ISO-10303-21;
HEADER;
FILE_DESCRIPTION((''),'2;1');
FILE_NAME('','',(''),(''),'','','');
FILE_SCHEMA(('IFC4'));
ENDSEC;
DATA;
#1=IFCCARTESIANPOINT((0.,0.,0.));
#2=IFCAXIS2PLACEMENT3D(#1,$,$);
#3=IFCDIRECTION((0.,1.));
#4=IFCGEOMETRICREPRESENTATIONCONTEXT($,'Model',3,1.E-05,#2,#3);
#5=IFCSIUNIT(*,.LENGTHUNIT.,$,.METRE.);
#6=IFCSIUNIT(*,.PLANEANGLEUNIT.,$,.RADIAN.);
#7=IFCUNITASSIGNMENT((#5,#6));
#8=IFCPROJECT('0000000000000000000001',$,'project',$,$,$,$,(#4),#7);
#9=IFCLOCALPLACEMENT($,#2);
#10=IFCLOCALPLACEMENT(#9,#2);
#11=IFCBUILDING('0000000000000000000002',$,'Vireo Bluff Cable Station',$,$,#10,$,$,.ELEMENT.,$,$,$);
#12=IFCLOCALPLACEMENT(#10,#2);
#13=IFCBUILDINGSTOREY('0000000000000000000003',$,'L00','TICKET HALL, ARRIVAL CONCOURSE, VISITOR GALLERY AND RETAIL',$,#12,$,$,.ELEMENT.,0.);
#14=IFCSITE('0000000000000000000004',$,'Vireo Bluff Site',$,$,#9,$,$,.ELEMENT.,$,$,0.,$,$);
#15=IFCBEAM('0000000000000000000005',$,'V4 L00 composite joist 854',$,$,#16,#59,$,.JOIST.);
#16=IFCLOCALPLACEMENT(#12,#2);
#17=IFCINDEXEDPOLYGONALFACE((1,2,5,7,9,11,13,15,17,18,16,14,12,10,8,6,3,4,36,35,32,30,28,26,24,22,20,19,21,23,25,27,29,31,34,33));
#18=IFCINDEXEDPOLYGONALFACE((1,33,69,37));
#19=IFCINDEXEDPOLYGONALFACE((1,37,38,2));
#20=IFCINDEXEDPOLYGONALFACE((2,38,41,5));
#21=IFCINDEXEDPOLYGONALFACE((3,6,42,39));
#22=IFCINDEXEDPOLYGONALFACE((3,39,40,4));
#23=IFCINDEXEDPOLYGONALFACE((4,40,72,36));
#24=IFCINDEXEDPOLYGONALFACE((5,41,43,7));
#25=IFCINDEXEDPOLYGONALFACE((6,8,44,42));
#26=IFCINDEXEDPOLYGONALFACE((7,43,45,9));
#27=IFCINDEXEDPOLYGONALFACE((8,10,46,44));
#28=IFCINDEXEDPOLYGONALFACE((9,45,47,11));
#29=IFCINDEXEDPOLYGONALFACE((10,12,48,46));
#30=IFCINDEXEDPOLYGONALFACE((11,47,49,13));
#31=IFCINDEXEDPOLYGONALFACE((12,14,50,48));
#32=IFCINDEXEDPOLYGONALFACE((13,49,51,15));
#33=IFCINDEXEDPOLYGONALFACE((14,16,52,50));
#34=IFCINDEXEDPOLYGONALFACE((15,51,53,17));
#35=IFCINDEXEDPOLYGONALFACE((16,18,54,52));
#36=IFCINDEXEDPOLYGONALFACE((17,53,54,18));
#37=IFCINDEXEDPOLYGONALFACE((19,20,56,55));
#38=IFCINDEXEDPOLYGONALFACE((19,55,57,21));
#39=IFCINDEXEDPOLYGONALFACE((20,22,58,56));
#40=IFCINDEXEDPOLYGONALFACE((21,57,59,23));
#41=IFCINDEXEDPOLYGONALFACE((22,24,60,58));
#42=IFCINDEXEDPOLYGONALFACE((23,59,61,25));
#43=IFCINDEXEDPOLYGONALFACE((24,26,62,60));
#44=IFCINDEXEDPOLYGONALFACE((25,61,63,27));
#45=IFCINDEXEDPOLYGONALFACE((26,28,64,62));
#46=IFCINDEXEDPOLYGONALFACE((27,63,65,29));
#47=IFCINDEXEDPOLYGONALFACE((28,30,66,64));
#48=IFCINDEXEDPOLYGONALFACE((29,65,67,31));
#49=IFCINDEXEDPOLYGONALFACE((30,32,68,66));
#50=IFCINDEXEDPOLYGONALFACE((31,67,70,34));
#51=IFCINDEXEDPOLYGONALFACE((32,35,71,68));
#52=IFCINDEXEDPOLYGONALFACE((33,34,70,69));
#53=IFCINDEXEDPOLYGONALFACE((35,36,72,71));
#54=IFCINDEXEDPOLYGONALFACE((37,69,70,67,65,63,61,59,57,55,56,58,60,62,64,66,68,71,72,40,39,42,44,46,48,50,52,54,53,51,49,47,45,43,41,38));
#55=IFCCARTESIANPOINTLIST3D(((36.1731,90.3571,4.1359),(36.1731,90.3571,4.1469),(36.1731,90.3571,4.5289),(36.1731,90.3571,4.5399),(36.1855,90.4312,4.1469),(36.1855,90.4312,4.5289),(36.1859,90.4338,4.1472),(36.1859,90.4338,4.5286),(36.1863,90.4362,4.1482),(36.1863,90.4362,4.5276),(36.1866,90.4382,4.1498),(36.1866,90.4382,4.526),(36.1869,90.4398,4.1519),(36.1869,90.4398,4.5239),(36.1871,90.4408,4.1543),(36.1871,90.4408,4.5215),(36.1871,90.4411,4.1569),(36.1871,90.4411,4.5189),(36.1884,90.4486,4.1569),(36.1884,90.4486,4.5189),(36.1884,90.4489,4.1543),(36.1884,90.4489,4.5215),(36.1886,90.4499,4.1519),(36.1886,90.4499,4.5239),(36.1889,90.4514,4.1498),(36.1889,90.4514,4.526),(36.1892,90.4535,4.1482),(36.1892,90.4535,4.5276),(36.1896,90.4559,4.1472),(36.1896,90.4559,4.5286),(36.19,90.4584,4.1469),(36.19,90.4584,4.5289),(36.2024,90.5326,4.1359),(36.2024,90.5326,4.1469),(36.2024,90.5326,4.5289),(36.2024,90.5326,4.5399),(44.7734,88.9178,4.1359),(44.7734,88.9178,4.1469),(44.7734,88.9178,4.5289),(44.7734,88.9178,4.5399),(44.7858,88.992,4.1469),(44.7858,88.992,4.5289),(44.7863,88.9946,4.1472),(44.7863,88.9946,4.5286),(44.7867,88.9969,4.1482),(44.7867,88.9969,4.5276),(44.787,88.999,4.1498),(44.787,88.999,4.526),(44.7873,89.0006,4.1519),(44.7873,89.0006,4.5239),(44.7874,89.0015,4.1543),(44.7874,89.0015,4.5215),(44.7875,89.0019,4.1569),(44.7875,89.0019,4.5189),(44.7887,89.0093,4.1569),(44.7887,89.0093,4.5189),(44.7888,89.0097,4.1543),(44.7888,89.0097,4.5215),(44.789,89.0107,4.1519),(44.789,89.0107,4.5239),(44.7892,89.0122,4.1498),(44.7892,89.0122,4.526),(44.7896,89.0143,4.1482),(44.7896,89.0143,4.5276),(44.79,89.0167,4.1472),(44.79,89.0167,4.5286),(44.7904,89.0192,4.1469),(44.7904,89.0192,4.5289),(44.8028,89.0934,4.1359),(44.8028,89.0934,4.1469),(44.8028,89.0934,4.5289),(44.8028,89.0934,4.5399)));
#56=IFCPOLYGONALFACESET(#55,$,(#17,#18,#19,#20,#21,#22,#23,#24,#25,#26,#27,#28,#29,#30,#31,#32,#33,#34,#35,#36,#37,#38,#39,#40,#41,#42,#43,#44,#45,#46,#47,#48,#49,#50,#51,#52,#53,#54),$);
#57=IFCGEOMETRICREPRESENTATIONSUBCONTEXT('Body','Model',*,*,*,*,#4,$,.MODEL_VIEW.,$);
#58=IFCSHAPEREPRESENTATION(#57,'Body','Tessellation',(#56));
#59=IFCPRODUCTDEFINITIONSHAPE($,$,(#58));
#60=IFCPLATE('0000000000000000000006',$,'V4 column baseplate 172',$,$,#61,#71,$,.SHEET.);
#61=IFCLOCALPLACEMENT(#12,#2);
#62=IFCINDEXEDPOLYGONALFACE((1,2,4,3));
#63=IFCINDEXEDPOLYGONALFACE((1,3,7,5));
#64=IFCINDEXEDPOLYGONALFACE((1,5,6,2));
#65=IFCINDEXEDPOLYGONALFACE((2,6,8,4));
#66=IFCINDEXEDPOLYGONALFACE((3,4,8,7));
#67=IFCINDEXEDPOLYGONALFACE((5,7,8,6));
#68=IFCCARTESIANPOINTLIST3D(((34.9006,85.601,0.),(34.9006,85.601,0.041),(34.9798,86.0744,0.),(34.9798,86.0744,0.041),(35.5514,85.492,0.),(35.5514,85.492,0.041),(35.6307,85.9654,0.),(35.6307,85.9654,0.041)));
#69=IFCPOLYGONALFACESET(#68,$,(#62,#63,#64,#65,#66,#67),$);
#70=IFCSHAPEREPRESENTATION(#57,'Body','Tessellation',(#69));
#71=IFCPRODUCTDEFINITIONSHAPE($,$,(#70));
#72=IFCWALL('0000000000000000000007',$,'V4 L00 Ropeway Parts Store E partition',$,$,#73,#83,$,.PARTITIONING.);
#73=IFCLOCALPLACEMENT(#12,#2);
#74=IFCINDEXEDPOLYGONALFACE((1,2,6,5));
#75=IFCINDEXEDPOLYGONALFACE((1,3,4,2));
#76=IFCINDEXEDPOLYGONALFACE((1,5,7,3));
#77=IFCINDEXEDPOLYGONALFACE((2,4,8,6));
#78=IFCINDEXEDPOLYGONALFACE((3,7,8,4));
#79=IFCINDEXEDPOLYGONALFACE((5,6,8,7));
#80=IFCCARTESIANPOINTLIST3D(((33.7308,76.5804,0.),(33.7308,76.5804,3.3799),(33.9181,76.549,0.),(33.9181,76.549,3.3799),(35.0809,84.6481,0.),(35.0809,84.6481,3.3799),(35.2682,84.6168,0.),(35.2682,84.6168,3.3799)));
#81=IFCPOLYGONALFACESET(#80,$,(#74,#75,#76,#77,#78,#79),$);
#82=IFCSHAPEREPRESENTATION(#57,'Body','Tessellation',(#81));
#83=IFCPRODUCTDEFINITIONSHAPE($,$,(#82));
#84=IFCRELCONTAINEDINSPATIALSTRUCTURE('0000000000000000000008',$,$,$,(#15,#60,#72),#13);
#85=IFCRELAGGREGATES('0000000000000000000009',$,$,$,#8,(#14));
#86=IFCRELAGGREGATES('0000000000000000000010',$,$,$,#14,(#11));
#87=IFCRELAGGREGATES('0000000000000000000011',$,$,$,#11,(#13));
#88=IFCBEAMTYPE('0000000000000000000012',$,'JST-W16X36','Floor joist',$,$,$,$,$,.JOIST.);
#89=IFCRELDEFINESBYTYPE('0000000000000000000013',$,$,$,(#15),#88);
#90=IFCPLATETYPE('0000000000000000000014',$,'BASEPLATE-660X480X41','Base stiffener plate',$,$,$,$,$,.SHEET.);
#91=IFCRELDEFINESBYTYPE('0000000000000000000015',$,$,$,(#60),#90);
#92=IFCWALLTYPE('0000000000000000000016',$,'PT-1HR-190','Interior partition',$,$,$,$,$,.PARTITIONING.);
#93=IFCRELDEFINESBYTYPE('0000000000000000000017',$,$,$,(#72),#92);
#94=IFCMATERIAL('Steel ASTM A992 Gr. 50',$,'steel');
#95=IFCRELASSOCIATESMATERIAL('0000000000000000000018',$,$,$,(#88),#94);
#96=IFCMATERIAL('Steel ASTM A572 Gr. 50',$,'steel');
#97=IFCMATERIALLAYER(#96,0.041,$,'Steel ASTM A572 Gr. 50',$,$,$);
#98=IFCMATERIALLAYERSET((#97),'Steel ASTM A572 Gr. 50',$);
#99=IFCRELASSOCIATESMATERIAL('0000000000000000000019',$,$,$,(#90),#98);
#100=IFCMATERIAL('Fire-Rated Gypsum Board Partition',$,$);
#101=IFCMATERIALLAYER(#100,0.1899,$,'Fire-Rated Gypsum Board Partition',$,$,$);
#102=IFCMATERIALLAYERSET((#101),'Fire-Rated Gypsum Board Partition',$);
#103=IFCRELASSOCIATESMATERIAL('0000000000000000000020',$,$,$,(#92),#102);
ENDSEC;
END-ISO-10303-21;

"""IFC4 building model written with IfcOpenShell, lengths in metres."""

from ifc_helpers import new_model, si_unit, direction, frame, frame_2d, origin, origin_2d, place, context, subcontext, project, spatial, rectangle, i_section, extrude, material, layer, layer_set, material_profile, profile_set, type_object, element, save


model = new_model("IFC4")

# Units and contexts
model_context = context("Model", 3, precision=1e-05, world=origin(), true_north=direction((0.0, 1.0)))
body_context = subcontext(model_context, "Body", "Model", "MODEL_VIEW")
ifc_project = project(units=[si_unit("LENGTHUNIT", "METRE"), si_unit("PLANEANGLEUNIT", "RADIAN")], contexts=[model_context])

# Site, building, storey
site_placement = place(None, origin())
site = spatial("IfcSite", under=ifc_project, at=site_placement, Name="Vireo Bluff Site", CompositionType="ELEMENT", RefElevation=0.0)
building_placement = place(site_placement, origin())
building = spatial("IfcBuilding", under=site, at=building_placement, Name="Vireo Bluff Cable Station", CompositionType="ELEMENT")
storey_placement = place(building_placement, origin())
storey = spatial("IfcBuildingStorey", under=building, at=storey_placement, Name="L00", Description="TICKET HALL, ARRIVAL CONCOURSE, VISITOR GALLERY AND RETAIL", CompositionType="ELEMENT", Elevation=0.0)

# Shared definitions
ifc_material_1 = material(Name="Steel ASTM A992 Gr. 50", Category="steel")

# Beam
ifc_material_profile_1 = material_profile(ifc_material_1, i_section(OverallWidth=0.178, OverallDepth=0.4041, WebThickness=0.0076, FlangeThickness=0.011, FilletRadius=0.01, at=origin_2d()), Name="W16X36")
ifc_profile_set_1 = profile_set([ifc_material_profile_1], Name="Steel ASTM A992 Gr. 50")
beam_type_1 = type_object("IfcBeamType", Name="JST-W16X36", Description="Floor joist", PredefinedType="JOIST", material=ifc_profile_set_1)
beam_1_placement = place(storey_placement, frame((36.1877, 90.4448, 4.3379), z_axis=(0.986286, -0.165048, 0.0), x_axis=(0.165048, 0.986286, 0.0)))
element("IfcBeam", 1, at=beam_1_placement, inside=storey, type_object=beam_type_1, Name="V4 L00 composite joist 854", PredefinedType="JOIST", context=body_context, shape_type="SweptSolid", body=[
    extrude(i_section(OverallWidth=0.178, OverallDepth=0.4041, WebThickness=0.0076, FlangeThickness=0.011, FilletRadius=0.01, at=origin_2d()), origin(), (0.0, 0.0, 1.0), 8.72),
])

# Plate
ifc_material_2 = material(Name="Steel ASTM A572 Gr. 50", Category="steel")
ifc_layer_1 = layer(ifc_material_2, 0.041, Name="Steel ASTM A572 Gr. 50")
ifc_layer_set_1 = layer_set([ifc_layer_1], Name="Steel ASTM A572 Gr. 50")
plate_type = type_object("IfcPlateType", Name="BASEPLATE-660X480X41", Description="Base stiffener plate", PredefinedType="SHEET", material=ifc_layer_set_1)
plate_placement = place(storey_placement, frame((35.2656, 85.7832, 0.0), z_axis=(0.0, 0.0, 1.0), x_axis=(0.986286, -0.165048, 0.0)))
element("IfcPlate", 2, at=plate_placement, inside=storey, type_object=plate_type, Name="V4 column baseplate 172", PredefinedType="SHEET", context=body_context, shape_type="SweptSolid", body=[
    extrude(rectangle(XDim=0.6599, YDim=0.48, at=origin_2d()), origin(), (0.0, 0.0, 1.0), 0.041),
])

# Wall
ifc_material_3 = material(Name="Fire-Rated Gypsum Board Partition")
ifc_layer_2 = layer(ifc_material_3, 0.1899, Name="Fire-Rated Gypsum Board Partition")
ifc_layer_set_2 = layer_set([ifc_layer_2], Name="Fire-Rated Gypsum Board Partition")
wall_type = type_object("IfcWallType", Name="PT-1HR-190", Description="Interior partition", PredefinedType="PARTITIONING", material=ifc_layer_set_2)
wall_placement = place(storey_placement, frame((35.1746, 84.6323, 0.0), z_axis=(0.0, 0.0, 1.0), x_axis=(-0.165052, -0.986285, 0.0)))
element("IfcWall", 3, at=wall_placement, inside=storey, type_object=wall_type, Name="V4 L00 Ropeway Parts Store E partition", PredefinedType="PARTITIONING", context=body_context, shape_type="SweptSolid", body=[
    extrude(rectangle(XDim=8.1799, YDim=0.1899, at=frame_2d((4.0898, 0.0))), origin(), (0.0, 0.0, 1.0), 3.3799),
])

save(model, "model.ifc")
